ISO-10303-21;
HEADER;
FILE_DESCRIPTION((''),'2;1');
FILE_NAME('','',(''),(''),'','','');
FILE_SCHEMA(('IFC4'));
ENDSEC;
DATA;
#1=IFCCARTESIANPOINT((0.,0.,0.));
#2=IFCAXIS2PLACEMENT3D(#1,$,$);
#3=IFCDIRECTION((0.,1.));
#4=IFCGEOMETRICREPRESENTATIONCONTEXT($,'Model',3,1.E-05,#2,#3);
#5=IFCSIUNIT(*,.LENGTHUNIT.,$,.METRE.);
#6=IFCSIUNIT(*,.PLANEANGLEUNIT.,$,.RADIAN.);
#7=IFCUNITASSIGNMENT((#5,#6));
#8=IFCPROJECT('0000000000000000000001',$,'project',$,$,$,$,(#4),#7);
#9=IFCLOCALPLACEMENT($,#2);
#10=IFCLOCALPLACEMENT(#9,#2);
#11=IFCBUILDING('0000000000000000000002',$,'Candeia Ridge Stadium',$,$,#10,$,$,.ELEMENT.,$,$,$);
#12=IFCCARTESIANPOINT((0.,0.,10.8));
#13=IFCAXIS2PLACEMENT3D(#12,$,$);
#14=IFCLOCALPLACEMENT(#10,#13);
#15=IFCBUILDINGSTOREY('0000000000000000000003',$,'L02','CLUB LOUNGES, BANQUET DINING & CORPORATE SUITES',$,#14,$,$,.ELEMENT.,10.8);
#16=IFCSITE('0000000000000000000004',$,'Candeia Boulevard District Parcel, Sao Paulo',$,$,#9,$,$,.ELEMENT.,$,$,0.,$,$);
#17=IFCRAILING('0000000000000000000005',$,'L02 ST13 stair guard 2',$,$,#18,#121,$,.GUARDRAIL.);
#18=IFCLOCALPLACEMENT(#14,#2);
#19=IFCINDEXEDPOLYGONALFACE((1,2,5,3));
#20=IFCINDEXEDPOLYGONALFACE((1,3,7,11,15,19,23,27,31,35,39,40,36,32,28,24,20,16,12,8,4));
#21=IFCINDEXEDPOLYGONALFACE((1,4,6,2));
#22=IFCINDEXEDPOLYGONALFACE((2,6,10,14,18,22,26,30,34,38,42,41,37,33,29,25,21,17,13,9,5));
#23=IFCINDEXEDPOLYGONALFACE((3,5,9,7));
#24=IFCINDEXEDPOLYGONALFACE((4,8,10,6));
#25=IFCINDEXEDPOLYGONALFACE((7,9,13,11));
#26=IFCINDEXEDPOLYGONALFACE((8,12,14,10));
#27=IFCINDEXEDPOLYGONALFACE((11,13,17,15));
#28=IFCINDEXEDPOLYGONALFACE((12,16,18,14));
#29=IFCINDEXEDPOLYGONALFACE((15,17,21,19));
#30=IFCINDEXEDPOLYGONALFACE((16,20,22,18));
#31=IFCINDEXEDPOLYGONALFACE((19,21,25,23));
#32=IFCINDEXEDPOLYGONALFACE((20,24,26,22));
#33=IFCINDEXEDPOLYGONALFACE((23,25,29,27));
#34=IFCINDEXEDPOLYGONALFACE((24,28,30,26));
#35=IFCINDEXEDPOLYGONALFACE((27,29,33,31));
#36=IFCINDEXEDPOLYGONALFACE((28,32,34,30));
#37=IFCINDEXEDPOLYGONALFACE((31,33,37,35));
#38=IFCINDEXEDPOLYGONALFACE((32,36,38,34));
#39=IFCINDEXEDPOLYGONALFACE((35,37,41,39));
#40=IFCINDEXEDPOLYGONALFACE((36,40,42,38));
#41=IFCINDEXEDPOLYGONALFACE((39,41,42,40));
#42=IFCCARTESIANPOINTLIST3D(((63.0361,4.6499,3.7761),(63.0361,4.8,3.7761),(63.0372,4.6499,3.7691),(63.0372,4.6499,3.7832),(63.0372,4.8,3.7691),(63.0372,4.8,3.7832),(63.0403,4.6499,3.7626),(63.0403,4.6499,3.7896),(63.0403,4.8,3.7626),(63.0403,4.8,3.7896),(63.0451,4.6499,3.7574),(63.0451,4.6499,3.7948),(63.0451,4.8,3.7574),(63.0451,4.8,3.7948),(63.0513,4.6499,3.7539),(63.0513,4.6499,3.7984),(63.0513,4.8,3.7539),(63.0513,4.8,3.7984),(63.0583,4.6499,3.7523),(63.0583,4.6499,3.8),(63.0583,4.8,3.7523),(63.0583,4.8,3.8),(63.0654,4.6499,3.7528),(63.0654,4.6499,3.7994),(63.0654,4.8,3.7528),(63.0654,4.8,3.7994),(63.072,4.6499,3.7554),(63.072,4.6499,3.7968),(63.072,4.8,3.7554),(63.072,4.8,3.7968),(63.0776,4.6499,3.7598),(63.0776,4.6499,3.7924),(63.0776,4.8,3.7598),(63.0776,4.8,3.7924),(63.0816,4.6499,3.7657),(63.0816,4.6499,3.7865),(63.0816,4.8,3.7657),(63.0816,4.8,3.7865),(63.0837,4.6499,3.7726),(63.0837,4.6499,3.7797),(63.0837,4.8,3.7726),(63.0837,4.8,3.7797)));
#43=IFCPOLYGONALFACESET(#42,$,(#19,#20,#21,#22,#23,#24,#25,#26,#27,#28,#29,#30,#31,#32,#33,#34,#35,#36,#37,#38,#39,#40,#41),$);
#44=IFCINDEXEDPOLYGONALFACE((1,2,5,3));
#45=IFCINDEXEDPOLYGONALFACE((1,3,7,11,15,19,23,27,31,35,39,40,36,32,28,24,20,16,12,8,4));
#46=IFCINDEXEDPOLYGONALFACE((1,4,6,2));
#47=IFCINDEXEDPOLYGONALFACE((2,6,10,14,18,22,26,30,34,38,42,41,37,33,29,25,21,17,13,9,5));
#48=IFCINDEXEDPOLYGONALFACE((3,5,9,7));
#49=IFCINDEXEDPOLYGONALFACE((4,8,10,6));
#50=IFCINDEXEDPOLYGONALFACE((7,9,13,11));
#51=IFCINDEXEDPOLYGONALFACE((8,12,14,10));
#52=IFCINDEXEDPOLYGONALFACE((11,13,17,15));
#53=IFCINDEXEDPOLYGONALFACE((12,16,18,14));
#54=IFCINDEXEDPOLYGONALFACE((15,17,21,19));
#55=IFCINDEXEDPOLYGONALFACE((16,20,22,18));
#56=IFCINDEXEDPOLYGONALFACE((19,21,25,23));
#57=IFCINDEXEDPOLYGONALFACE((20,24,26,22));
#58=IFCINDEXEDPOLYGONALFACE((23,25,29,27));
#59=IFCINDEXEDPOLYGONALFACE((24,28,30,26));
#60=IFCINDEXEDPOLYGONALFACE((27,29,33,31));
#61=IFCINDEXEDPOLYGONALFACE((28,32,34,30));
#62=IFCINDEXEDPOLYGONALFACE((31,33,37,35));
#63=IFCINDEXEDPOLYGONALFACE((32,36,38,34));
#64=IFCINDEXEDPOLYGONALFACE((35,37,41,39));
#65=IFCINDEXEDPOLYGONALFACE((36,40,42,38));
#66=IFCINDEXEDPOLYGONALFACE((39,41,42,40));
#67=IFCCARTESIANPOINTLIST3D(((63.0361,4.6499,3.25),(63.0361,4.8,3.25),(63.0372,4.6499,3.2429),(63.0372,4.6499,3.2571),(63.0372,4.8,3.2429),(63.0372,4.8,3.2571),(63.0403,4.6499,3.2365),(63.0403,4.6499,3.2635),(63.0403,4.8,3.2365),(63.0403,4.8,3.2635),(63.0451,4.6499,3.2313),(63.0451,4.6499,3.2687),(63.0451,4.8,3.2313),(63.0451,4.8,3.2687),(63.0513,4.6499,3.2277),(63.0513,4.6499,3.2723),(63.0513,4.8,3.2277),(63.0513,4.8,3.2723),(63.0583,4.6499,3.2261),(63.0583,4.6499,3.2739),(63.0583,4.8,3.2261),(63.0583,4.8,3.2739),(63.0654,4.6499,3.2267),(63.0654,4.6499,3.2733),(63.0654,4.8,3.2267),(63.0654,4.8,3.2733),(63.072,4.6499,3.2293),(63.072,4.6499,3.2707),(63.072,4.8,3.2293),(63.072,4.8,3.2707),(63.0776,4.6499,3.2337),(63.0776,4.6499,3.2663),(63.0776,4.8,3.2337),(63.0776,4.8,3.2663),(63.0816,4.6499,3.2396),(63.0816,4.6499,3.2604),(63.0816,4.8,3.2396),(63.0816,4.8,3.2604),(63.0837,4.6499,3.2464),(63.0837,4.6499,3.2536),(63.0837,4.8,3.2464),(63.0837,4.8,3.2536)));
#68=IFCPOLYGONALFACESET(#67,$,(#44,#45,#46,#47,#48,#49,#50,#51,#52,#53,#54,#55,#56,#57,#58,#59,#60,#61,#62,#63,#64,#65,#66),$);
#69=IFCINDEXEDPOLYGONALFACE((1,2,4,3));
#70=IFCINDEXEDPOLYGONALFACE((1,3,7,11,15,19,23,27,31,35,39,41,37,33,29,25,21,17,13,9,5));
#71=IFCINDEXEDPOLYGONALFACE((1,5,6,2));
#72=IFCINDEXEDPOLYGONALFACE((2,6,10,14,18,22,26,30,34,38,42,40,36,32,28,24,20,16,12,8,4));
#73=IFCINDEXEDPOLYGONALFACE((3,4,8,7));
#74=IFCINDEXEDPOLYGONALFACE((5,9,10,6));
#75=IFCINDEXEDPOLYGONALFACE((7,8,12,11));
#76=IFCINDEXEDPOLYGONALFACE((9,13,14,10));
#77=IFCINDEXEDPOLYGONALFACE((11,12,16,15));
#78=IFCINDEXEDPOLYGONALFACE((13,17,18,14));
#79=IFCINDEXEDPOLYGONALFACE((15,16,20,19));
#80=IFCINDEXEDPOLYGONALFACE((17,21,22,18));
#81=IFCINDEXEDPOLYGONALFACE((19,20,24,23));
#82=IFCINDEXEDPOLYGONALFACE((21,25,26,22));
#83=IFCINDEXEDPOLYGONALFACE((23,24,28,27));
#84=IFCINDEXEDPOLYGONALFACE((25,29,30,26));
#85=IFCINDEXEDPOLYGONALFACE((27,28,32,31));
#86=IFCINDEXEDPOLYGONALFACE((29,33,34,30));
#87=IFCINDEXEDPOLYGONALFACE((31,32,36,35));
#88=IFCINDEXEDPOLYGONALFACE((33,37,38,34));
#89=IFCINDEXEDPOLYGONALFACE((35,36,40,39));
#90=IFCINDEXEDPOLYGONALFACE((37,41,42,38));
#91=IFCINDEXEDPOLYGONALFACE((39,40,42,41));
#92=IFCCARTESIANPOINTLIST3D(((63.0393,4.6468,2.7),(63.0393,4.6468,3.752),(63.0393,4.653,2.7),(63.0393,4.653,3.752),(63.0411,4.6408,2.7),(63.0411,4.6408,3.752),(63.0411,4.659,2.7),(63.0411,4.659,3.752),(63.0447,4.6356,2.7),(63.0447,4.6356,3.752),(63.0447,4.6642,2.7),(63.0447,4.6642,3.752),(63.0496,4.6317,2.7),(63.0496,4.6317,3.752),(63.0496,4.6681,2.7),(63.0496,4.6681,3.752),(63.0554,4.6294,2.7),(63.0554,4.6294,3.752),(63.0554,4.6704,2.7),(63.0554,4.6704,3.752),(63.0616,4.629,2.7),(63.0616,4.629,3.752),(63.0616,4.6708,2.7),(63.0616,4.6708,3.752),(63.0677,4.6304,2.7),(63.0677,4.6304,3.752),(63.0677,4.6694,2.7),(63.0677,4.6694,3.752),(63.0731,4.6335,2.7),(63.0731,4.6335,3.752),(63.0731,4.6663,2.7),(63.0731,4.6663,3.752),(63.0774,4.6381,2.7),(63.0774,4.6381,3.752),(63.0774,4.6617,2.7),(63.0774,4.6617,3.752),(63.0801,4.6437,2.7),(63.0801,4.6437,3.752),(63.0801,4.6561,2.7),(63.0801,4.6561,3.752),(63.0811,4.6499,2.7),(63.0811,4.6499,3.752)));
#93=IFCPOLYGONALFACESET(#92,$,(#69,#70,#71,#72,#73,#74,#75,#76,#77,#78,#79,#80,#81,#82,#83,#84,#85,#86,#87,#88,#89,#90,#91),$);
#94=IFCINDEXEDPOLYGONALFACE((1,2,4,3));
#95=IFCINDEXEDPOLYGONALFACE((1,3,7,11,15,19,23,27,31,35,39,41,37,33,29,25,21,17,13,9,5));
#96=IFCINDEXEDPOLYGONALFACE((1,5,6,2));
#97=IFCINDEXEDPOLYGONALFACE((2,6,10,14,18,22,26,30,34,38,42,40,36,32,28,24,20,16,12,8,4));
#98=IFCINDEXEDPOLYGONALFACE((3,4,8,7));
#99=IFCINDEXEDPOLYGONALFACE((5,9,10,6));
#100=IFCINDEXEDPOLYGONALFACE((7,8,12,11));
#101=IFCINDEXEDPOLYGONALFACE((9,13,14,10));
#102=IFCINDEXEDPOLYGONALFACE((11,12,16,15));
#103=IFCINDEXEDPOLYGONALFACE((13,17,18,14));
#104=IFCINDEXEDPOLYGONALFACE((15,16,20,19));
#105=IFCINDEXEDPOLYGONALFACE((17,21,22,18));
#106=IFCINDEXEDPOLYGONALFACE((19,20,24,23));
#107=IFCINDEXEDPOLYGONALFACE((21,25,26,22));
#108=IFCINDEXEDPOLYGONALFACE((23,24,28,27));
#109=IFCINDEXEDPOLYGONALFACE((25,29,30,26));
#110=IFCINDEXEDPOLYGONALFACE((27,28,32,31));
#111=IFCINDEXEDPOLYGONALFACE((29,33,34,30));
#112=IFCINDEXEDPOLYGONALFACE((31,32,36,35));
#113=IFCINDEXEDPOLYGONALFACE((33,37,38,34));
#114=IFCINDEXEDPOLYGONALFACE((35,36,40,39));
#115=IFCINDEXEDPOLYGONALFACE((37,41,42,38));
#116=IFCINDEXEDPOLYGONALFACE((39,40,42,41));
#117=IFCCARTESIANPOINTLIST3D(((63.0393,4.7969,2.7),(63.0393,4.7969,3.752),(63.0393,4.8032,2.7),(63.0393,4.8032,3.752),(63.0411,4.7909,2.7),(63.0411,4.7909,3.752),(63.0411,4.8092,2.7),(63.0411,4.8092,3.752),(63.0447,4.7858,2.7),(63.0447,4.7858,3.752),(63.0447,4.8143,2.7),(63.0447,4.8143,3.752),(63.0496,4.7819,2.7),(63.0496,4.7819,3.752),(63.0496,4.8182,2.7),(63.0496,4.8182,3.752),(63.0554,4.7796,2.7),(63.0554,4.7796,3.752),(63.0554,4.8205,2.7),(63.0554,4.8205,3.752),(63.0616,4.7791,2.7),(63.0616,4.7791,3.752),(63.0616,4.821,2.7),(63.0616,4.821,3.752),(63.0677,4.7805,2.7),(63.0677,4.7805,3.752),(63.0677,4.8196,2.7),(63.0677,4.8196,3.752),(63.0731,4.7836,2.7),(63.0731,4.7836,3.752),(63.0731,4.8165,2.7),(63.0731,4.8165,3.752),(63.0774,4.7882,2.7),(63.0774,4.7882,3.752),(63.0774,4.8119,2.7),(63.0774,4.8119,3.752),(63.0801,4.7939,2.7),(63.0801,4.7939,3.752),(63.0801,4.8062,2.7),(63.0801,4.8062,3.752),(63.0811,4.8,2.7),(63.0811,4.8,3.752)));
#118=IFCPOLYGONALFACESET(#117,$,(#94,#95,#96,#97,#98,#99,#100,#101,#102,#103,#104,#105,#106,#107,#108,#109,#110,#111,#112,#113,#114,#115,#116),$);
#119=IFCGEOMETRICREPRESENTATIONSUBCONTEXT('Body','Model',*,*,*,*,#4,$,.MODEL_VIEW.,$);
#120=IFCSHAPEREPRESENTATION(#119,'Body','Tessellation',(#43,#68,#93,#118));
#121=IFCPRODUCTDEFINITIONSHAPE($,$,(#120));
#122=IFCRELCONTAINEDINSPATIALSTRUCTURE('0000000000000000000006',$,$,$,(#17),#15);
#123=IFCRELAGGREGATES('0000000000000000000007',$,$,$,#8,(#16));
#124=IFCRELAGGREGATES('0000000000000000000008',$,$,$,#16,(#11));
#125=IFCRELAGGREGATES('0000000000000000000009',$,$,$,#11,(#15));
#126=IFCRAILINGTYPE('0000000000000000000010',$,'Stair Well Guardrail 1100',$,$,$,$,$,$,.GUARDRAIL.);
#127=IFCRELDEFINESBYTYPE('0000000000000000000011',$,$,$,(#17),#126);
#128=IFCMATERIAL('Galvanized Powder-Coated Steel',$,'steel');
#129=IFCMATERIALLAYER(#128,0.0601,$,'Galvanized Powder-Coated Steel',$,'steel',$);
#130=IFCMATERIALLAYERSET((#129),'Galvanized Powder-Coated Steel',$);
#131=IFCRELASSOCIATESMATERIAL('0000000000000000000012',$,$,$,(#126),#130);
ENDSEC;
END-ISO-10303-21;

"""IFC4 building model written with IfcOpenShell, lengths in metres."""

from ifc_helpers import new_model, si_unit, direction, frame, origin, origin_2d, place, context, subcontext, project, spatial, circle, extrude, material, layer, layer_set, type_object, element, save


model = new_model("IFC4")

# Units and contexts
model_context = context("Model", 3, precision=1e-05, world=origin(), true_north=direction((0.0, 1.0)))
body_context = subcontext(model_context, "Body", "Model", "MODEL_VIEW")
ifc_project = project(units=[si_unit("LENGTHUNIT", "METRE"), si_unit("PLANEANGLEUNIT", "RADIAN")], contexts=[model_context])

# Site, building, storey
site_placement = place(None, origin())
site = spatial("IfcSite", under=ifc_project, at=site_placement, Name="Candeia Boulevard District Parcel, Sao Paulo", CompositionType="ELEMENT", RefElevation=0.0)
building_placement = place(site_placement, origin())
building = spatial("IfcBuilding", under=site, at=building_placement, Name="Candeia Ridge Stadium", CompositionType="ELEMENT")
storey_placement = place(building_placement, frame((0.0, 0.0, 10.8)))
storey = spatial("IfcBuildingStorey", under=building, at=storey_placement, Name="L02", Description="CLUB LOUNGES, BANQUET DINING & CORPORATE SUITES", CompositionType="ELEMENT", Elevation=10.8)

# Railing
ifc_material_1 = material(Name="Galvanized Powder-Coated Steel", Category="steel")
ifc_layer_1 = layer(ifc_material_1, 0.0601, Name="Galvanized Powder-Coated Steel", Category="steel")
ifc_layer_set_1 = layer_set([ifc_layer_1], Name="Galvanized Powder-Coated Steel")
railing_type_1 = type_object("IfcRailingType", Name="Stair Well Guardrail 1100", PredefinedType="GUARDRAIL", material=ifc_layer_set_1)
railing_1_placement = place(storey_placement, frame((63.0601, 4.6499, 2.7)))
element("IfcRailing", 1, at=railing_1_placement, inside=storey, type_object=railing_type_1, Name="L02 ST13 stair guard 2", PredefinedType="GUARDRAIL", context=body_context, shape_type="SweptSolid", body=[
    extrude(circle(Radius=0.0239, at=origin_2d()), frame((0.0, 0.0, 1.0762), z_axis=(0.0, 1.0, 0.0), x_axis=(-1.0, 0.0, 0.0)), (0.0, 0.0, 1.0), 0.1501),
    extrude(circle(Radius=0.0239, at=origin_2d()), frame((0.0, 0.0, 0.55), z_axis=(0.0, 1.0, 0.0), x_axis=(-1.0, 0.0, 0.0)), (0.0, 0.0, 1.0), 0.1501),
    extrude(circle(Radius=0.021, at=origin_2d()), origin(), (0.0, 0.0, 1.0), 1.052),
    extrude(circle(Radius=0.021, at=origin_2d()), frame((0.0, 0.1501, 0.0)), (0.0, 0.0, 1.0), 1.052),
])

save(model, "model.ifc")
